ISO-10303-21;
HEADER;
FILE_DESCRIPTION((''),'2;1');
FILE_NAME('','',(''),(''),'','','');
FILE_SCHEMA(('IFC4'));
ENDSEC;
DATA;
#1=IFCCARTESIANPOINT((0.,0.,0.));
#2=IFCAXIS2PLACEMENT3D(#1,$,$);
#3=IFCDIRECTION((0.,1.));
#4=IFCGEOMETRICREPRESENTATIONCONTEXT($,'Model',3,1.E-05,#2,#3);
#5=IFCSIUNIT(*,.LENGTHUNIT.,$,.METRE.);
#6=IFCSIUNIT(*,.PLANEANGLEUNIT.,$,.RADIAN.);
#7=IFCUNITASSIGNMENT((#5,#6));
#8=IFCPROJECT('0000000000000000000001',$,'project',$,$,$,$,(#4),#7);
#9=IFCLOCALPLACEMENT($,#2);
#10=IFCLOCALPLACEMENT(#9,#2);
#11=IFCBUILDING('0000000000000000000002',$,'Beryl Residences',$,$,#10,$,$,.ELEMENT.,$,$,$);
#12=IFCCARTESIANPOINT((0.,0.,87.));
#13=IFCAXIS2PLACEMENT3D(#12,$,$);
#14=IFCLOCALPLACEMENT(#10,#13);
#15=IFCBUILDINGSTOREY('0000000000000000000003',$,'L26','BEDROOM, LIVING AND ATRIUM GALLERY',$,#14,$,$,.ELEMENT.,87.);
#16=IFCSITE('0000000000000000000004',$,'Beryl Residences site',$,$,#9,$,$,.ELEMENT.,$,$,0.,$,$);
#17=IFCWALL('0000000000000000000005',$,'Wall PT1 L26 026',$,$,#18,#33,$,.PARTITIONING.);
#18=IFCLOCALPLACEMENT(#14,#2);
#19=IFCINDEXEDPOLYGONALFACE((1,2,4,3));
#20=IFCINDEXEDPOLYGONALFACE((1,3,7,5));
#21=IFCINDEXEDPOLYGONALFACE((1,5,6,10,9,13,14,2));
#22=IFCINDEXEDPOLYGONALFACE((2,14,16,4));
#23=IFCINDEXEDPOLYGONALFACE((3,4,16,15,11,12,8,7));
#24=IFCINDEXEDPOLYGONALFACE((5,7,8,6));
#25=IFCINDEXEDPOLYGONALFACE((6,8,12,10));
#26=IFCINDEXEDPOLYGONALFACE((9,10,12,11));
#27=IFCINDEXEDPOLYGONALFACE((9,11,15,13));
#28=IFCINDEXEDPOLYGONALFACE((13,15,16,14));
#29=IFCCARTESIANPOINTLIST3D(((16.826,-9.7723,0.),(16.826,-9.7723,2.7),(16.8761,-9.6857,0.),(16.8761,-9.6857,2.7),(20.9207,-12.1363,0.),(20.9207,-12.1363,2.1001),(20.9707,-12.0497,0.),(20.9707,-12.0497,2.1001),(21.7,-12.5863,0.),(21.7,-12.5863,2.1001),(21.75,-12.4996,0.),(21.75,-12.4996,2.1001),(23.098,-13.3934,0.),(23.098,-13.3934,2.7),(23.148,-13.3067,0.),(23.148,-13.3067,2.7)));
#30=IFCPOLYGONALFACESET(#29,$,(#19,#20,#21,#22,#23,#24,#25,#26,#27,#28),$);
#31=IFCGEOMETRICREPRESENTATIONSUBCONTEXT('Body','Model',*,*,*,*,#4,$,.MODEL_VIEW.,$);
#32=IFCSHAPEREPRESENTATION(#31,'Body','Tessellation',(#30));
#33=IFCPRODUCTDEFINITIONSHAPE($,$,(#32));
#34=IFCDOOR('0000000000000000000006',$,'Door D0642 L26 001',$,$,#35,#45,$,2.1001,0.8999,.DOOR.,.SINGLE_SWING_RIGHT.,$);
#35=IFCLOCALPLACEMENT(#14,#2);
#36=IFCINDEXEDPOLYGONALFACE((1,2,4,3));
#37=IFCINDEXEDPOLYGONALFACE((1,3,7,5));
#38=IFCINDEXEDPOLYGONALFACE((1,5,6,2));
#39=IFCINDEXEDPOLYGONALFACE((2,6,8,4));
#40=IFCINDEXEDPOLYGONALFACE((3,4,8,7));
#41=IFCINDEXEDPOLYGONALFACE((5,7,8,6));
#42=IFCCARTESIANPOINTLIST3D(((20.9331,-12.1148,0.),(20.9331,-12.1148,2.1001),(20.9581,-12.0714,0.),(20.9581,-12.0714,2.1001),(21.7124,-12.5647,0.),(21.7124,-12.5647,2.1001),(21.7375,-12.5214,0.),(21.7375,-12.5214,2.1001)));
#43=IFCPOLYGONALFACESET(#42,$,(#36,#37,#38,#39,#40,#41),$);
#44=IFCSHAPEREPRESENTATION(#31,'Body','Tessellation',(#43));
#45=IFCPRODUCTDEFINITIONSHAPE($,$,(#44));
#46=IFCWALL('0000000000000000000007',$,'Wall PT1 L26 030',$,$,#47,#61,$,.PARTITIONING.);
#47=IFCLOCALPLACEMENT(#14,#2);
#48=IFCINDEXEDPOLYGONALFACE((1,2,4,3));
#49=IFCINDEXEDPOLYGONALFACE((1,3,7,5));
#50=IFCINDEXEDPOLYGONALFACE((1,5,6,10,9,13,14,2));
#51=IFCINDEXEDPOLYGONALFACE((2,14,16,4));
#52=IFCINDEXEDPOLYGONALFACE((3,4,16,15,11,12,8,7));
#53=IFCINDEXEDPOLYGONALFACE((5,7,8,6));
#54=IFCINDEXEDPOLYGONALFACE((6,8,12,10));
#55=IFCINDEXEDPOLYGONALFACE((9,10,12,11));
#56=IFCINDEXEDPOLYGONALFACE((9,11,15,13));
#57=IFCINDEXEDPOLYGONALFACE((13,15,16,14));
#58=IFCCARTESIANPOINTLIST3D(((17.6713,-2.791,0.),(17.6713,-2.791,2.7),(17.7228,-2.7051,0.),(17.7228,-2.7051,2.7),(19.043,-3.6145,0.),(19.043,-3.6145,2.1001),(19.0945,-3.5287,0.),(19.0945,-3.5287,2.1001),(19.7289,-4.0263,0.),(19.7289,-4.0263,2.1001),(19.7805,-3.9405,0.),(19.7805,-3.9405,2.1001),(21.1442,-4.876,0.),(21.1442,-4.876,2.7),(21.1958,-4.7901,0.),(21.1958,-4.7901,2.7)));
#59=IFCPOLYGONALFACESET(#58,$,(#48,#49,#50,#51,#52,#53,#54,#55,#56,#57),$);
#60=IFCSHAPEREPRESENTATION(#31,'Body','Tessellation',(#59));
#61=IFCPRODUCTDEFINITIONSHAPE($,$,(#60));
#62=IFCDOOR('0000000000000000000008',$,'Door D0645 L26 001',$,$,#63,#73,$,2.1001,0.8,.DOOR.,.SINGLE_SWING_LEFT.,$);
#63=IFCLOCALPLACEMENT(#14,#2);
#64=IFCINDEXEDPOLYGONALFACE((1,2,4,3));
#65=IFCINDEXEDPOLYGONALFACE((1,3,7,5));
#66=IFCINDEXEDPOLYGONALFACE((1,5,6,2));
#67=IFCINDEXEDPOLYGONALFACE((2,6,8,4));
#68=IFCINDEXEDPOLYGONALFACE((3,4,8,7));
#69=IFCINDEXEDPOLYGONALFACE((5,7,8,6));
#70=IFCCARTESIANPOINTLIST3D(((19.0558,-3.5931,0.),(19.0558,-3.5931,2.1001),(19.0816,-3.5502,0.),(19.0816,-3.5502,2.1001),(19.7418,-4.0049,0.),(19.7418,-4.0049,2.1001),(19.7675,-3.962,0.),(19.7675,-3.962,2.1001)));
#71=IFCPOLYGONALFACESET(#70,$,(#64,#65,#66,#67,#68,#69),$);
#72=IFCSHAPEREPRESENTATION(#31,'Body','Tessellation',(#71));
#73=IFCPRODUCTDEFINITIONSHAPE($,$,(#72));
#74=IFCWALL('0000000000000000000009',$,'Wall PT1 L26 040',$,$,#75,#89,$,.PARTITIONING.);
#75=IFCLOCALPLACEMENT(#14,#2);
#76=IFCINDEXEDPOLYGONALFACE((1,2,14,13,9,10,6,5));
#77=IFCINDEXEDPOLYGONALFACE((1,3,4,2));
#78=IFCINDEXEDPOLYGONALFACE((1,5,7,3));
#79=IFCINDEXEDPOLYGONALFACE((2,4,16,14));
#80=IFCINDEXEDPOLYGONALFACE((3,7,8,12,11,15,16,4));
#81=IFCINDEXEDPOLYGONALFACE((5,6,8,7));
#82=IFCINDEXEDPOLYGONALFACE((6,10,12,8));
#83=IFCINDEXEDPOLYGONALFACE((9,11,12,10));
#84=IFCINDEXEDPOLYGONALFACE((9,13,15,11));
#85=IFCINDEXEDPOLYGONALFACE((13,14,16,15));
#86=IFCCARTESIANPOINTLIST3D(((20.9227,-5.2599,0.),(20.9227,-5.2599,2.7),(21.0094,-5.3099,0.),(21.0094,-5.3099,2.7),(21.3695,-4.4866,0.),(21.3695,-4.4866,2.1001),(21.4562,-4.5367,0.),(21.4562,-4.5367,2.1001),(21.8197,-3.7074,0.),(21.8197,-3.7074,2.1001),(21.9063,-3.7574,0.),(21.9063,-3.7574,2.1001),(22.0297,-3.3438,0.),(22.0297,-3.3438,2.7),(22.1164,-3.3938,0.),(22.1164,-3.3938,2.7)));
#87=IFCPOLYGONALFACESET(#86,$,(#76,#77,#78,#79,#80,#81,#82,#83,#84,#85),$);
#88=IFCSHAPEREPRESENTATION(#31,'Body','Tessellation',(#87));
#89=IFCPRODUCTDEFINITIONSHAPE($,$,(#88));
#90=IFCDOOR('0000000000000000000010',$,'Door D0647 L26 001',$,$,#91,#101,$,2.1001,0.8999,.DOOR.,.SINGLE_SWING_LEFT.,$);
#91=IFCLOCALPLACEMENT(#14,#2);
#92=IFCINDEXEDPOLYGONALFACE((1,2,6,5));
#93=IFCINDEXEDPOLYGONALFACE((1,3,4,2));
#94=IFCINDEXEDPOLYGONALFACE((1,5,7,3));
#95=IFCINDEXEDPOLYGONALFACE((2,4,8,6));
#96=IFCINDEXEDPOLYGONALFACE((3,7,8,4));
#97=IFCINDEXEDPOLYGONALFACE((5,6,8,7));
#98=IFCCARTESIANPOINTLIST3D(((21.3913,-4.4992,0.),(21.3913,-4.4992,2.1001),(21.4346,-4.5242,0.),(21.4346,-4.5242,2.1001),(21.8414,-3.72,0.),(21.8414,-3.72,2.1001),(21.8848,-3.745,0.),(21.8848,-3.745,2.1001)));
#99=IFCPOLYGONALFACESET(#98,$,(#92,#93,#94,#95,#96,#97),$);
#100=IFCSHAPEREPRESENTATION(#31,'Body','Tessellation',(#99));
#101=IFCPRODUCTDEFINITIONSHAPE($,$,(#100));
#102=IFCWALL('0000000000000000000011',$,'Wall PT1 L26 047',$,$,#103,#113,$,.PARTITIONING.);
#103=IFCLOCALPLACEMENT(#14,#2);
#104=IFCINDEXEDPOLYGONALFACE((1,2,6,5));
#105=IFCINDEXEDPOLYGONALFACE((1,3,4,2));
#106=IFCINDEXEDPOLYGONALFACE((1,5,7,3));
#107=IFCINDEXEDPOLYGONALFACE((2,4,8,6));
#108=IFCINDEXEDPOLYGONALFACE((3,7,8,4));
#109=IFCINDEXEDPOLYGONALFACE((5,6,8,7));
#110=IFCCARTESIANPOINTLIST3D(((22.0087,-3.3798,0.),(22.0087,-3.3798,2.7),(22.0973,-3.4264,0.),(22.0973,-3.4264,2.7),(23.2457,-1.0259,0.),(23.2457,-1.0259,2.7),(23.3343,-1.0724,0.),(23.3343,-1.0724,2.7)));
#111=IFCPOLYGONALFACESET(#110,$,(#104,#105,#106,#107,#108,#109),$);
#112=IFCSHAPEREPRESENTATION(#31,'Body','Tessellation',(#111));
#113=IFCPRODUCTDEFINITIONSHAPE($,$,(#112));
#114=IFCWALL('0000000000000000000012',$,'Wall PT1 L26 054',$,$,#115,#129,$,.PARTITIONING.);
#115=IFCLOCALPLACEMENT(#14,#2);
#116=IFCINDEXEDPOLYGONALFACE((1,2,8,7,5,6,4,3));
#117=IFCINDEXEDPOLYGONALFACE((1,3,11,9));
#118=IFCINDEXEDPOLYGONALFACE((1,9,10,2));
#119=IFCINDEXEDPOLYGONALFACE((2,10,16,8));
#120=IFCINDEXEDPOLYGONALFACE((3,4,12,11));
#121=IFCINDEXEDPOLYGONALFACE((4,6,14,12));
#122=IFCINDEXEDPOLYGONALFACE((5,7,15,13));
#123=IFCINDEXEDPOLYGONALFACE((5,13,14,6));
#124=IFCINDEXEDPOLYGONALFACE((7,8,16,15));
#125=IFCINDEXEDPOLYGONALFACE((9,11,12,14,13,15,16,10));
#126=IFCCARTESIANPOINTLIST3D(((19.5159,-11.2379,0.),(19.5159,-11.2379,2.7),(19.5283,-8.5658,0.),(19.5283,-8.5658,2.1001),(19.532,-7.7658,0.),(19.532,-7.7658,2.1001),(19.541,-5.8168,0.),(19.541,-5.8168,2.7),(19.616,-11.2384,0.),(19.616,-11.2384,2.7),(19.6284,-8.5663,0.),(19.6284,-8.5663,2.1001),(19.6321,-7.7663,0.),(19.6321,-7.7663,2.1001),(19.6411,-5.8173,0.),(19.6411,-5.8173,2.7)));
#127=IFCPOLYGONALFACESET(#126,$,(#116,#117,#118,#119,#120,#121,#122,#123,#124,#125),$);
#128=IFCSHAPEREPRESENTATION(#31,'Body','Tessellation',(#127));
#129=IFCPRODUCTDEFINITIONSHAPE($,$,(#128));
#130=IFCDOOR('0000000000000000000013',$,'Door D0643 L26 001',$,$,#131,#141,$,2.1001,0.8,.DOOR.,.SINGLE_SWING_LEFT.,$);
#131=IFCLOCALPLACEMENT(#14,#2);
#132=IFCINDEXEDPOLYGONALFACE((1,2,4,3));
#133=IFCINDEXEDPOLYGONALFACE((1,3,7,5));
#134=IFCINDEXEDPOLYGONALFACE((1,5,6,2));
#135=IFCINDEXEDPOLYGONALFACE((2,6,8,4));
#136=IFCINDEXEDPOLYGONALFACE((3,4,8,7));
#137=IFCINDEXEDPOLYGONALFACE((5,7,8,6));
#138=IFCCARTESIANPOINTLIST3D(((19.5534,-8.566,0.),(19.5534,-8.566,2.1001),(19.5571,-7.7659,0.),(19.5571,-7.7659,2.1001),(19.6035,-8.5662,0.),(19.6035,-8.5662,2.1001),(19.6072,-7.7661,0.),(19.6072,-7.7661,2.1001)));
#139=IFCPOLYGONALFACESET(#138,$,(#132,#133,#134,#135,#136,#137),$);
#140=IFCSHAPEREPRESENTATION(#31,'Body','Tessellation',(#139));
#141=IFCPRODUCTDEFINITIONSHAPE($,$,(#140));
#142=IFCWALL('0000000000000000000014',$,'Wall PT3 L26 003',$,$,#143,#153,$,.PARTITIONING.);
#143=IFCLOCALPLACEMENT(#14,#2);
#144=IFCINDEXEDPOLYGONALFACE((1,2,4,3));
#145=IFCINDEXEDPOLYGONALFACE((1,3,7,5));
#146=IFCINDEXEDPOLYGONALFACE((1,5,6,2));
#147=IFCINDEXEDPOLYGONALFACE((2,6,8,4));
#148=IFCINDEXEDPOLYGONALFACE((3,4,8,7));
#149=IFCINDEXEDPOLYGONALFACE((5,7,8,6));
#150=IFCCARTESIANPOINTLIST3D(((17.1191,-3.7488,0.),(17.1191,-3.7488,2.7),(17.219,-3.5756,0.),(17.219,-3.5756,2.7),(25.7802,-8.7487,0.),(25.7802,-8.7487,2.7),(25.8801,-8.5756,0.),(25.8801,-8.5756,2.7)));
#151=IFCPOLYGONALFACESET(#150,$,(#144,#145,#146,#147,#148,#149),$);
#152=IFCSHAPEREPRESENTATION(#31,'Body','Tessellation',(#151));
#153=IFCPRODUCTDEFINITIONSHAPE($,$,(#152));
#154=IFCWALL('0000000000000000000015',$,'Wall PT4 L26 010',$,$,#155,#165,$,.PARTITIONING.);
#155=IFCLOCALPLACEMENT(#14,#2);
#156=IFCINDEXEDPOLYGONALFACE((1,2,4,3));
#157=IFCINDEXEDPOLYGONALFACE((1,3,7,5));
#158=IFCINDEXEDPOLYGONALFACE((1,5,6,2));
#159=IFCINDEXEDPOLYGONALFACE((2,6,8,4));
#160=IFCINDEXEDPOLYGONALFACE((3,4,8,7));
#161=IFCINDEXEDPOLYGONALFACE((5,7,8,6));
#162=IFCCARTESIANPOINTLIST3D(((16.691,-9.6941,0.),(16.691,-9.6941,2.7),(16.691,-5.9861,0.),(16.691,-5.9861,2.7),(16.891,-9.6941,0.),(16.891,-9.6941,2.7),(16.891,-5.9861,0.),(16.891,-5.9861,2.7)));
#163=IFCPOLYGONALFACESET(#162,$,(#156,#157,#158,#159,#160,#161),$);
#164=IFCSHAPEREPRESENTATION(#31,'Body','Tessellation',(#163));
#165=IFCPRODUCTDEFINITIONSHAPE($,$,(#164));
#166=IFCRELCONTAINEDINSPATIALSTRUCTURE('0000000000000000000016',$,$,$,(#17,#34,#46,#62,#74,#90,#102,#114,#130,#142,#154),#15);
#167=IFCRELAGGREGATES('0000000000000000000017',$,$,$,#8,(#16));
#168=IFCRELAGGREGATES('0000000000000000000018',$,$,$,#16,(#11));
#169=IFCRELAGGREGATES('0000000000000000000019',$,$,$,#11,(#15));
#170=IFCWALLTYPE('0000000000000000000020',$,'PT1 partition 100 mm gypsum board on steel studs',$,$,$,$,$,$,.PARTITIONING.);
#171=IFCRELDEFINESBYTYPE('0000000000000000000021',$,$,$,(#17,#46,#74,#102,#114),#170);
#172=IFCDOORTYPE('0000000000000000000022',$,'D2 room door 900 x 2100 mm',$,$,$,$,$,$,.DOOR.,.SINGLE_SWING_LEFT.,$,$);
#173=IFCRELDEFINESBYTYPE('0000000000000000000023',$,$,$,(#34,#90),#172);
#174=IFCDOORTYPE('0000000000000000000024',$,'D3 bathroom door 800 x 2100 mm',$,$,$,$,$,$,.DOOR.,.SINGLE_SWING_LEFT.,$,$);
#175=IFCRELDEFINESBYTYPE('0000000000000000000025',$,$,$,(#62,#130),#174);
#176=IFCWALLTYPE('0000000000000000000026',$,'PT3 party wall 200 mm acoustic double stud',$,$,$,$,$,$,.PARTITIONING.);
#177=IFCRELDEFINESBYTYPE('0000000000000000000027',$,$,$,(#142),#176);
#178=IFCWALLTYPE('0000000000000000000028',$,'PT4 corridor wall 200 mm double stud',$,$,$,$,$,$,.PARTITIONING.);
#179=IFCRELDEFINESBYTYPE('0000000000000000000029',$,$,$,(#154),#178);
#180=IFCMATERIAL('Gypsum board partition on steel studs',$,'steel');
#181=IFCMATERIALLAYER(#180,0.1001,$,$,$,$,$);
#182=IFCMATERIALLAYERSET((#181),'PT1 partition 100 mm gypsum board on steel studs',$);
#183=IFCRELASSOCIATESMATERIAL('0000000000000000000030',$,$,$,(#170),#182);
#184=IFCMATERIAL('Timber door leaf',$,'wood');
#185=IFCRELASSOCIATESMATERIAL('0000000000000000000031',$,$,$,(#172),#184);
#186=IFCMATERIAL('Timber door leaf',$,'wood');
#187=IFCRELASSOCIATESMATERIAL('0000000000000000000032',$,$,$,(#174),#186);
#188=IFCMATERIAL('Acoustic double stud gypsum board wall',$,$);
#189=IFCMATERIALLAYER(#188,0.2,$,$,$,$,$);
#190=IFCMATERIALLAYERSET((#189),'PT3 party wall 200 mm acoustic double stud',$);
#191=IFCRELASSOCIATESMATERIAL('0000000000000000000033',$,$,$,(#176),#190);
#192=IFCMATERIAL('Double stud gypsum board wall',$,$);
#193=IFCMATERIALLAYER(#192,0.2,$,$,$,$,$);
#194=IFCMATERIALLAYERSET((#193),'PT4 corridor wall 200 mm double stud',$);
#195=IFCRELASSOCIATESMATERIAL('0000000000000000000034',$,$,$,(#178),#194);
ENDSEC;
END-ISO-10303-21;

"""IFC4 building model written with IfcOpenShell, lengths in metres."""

from ifc_helpers import new_model, si_unit, direction, frame, frame_2d, origin, place, context, subcontext, project, spatial, rectangle, extrude, material, layer, layer_set, type_object, element, fill, save


model = new_model("IFC4")

# Units and contexts
model_context = context("Model", 3, precision=1e-05, world=origin(), true_north=direction((0.0, 1.0)))
body_context = subcontext(model_context, "Body", "Model", "MODEL_VIEW")
ifc_project = project(units=[si_unit("LENGTHUNIT", "METRE"), si_unit("PLANEANGLEUNIT", "RADIAN")], contexts=[model_context])

# Site, building, storey
site_placement = place(None, origin())
site = spatial("IfcSite", under=ifc_project, at=site_placement, Name="Beryl Residences site", CompositionType="ELEMENT", RefElevation=0.0)
building_placement = place(site_placement, origin())
building = spatial("IfcBuilding", under=site, at=building_placement, Name="Beryl Residences", CompositionType="ELEMENT")
storey_placement = place(building_placement, frame((0.0, 0.0, 87.0)))
storey = spatial("IfcBuildingStorey", under=building, at=storey_placement, Name="L26", Description="BEDROOM, LIVING AND ATRIUM GALLERY", CompositionType="ELEMENT", Elevation=87.0)

# Shared definitions
ifc_material_1 = material(Name="Gypsum board partition on steel studs", Category="steel")
ifc_layer_1 = layer(ifc_material_1, 0.1001)
ifc_layer_set_1 = layer_set([ifc_layer_1], Name="PT1 partition 100 mm gypsum board on steel studs")
wall_type_1 = type_object("IfcWallType", Name="PT1 partition 100 mm gypsum board on steel studs", PredefinedType="PARTITIONING", material=ifc_layer_set_1)

# Walls, openings, doors
wall_1_placement = place(storey_placement, frame((16.8511, -9.729, 0.0), z_axis=(0.0, 0.0, 1.0), x_axis=(0.866027, -0.499997, 0.0)))
wall_1 = element("IfcWall", 1, at=wall_1_placement, inside=storey, type_object=wall_type_1, Name="Wall PT1 L26 026", PredefinedType="PARTITIONING", context=body_context, shape_type="SweptSolid", body=[
    extrude(rectangle(XDim=7.2422, YDim=0.1001, at=frame_2d((3.6211, 0.0))), origin(), (0.0, 0.0, 1.0), 2.7),
])
opening_1_placement = place(wall_1_placement, frame((4.728, 0.0, 0.0)))
opening_1 = element("IfcOpeningElement", 2, at=opening_1_placement, cuts=wall_1, PredefinedType="OPENING", context=body_context, shape_type="SweptSolid", body=[
    extrude(rectangle(XDim=0.8999, YDim=2.1001, at=frame_2d((0.45, 1.05))), frame((0.0, 0.0601, 0.0), z_axis=(0.0, -1.0, 0.0), x_axis=(1.0, 0.0, 0.0)), (0.0, 0.0, 1.0), 0.1201),
])
ifc_material_2 = material(Name="Timber door leaf", Category="wood")
door_type_1 = type_object("IfcDoorType", Name="D2 room door 900 x 2100 mm", OperationType="SINGLE_SWING_LEFT", PredefinedType="DOOR", material=ifc_material_2)
door_1_placement = place(opening_1_placement, origin())
door_1 = element("IfcDoor", 3, at=door_1_placement, inside=storey, type_object=door_type_1, Name="Door D0642 L26 001", OperationType="SINGLE_SWING_RIGHT", OverallHeight=2.1001, OverallWidth=0.8999, PredefinedType="DOOR", context=body_context, shape_type="SweptSolid", body=[
    extrude(rectangle(XDim=0.8999, YDim=2.1001, at=frame_2d((0.45, 1.05))), frame((0.0, 0.0249, 0.0), z_axis=(0.0, -1.0, 0.0), x_axis=(1.0, 0.0, 0.0)), (0.0, 0.0, 1.0), 0.05),
])
fill(opening_1, door_1)
wall_2_placement = place(storey_placement, frame((17.697, -2.748, 0.0), z_axis=(0.0, 0.0, 1.0), x_axis=(0.85736, -0.514717, 0.0)))
wall_2 = element("IfcWall", 4, at=wall_2_placement, inside=storey, type_object=wall_type_1, Name="Wall PT1 L26 030", PredefinedType="PARTITIONING", context=body_context, shape_type="SweptSolid", body=[
    extrude(rectangle(XDim=4.0508, YDim=0.1001, at=frame_2d((2.0254, 0.0))), origin(), (0.0, 0.0, 1.0), 2.7),
])
opening_2_placement = place(wall_2_placement, frame((1.6001, 0.0, 0.0)))
opening_2 = element("IfcOpeningElement", 5, at=opening_2_placement, cuts=wall_2, PredefinedType="OPENING", context=body_context, shape_type="SweptSolid", body=[
    extrude(rectangle(XDim=0.8, YDim=2.1001, at=frame_2d((0.3999, 1.05))), frame((0.0, 0.0601, 0.0), z_axis=(0.0, -1.0, 0.0), x_axis=(1.0, 0.0, 0.0)), (0.0, 0.0, 1.0), 0.1201),
])
ifc_material_3 = material(Name="Timber door leaf", Category="wood")
door_type_2 = type_object("IfcDoorType", Name="D3 bathroom door 800 x 2100 mm", OperationType="SINGLE_SWING_LEFT", PredefinedType="DOOR", material=ifc_material_3)
door_2_placement = place(opening_2_placement, origin())
door_2 = element("IfcDoor", 6, at=door_2_placement, inside=storey, type_object=door_type_2, Name="Door D0645 L26 001", OperationType="SINGLE_SWING_LEFT", OverallHeight=2.1001, OverallWidth=0.8, PredefinedType="DOOR", context=body_context, shape_type="SweptSolid", body=[
    extrude(rectangle(XDim=0.8, YDim=2.1001, at=frame_2d((0.3999, 1.05))), frame((0.0, 0.0249, 0.0), z_axis=(0.0, -1.0, 0.0), x_axis=(1.0, 0.0, 0.0)), (0.0, 0.0, 1.0), 0.05),
])
fill(opening_2, door_2)
wall_3_placement = place(storey_placement, frame((20.9661, -5.2849, 0.0), z_axis=(0.0, 0.0, 1.0), x_axis=(0.500245, 0.865884, 0.0)))
wall_3 = element("IfcWall", 7, at=wall_3_placement, inside=storey, type_object=wall_type_1, Name="Wall PT1 L26 040", PredefinedType="PARTITIONING", context=body_context, shape_type="SweptSolid", body=[
    extrude(rectangle(XDim=2.2129, YDim=0.1001, at=frame_2d((1.1064, 0.0))), origin(), (0.0, 0.0, 1.0), 2.7),
])
opening_3_placement = place(wall_3_placement, frame((0.8931, 0.0, 0.0)))
opening_3 = element("IfcOpeningElement", 8, at=opening_3_placement, cuts=wall_3, PredefinedType="OPENING", context=body_context, shape_type="SweptSolid", body=[
    extrude(rectangle(XDim=0.8999, YDim=2.1001, at=frame_2d((0.45, 1.05))), frame((0.0, 0.0601, 0.0), z_axis=(0.0, -1.0, 0.0), x_axis=(1.0, 0.0, 0.0)), (0.0, 0.0, 1.0), 0.1201),
])
door_3_placement = place(opening_3_placement, origin())
door_3 = element("IfcDoor", 9, at=door_3_placement, inside=storey, type_object=door_type_1, Name="Door D0647 L26 001", OperationType="SINGLE_SWING_LEFT", OverallHeight=2.1001, OverallWidth=0.8999, PredefinedType="DOOR", context=body_context, shape_type="SweptSolid", body=[
    extrude(rectangle(XDim=0.8999, YDim=2.1001, at=frame_2d((0.45, 1.05))), frame((0.0, 0.0249, 0.0), z_axis=(0.0, -1.0, 0.0), x_axis=(1.0, 0.0, 0.0)), (0.0, 0.0, 1.0), 0.05),
])
fill(opening_3, door_3)

# Wall
wall_4_placement = place(storey_placement, frame((22.053, -3.4031, 0.0), z_axis=(0.0, 0.0, 1.0), x_axis=(0.46519, 0.885211, 0.0)))
element("IfcWall", 10, at=wall_4_placement, inside=storey, type_object=wall_type_1, Name="Wall PT1 L26 047", PredefinedType="PARTITIONING", context=body_context, shape_type="SweptSolid", body=[
    extrude(rectangle(XDim=2.6592, YDim=0.1001, at=frame_2d((1.3296, 0.0))), origin(), (0.0, 0.0, 1.0), 2.7),
])

# Wall, opening, door
wall_5_placement = place(storey_placement, frame((19.5659, -11.238, 0.0), z_axis=(0.0, 0.0, 1.0), x_axis=(0.004639, 0.999989, 0.0)))
wall_5 = element("IfcWall", 11, at=wall_5_placement, inside=storey, type_object=wall_type_1, Name="Wall PT1 L26 054", PredefinedType="PARTITIONING", context=body_context, shape_type="SweptSolid", body=[
    extrude(rectangle(XDim=5.4211, YDim=0.1001, at=frame_2d((2.7104, 0.0))), origin(), (0.0, 0.0, 1.0), 2.7),
])
opening_4_placement = place(wall_5_placement, frame((2.6721, 0.0, 0.0)))
opening_4 = element("IfcOpeningElement", 12, at=opening_4_placement, cuts=wall_5, PredefinedType="OPENING", context=body_context, shape_type="SweptSolid", body=[
    extrude(rectangle(XDim=0.8, YDim=2.1001, at=frame_2d((0.3999, 1.05))), frame((0.0, 0.0601, 0.0), z_axis=(0.0, -1.0, 0.0), x_axis=(1.0, 0.0, 0.0)), (0.0, 0.0, 1.0), 0.1201),
])
door_4_placement = place(opening_4_placement, origin())
door_4 = element("IfcDoor", 13, at=door_4_placement, inside=storey, type_object=door_type_2, Name="Door D0643 L26 001", OperationType="SINGLE_SWING_LEFT", OverallHeight=2.1001, OverallWidth=0.8, PredefinedType="DOOR", context=body_context, shape_type="SweptSolid", body=[
    extrude(rectangle(XDim=0.8, YDim=2.1001, at=frame_2d((0.3999, 1.05))), frame((0.0, 0.0249, 0.0), z_axis=(0.0, -1.0, 0.0), x_axis=(1.0, 0.0, 0.0)), (0.0, 0.0, 1.0), 0.05),
])
fill(opening_4, door_4)

# Walls
ifc_material_4 = material(Name="Acoustic double stud gypsum board wall")
ifc_layer_2 = layer(ifc_material_4, 0.2)
ifc_layer_set_2 = layer_set([ifc_layer_2], Name="PT3 party wall 200 mm acoustic double stud")
wall_type_2 = type_object("IfcWallType", Name="PT3 party wall 200 mm acoustic double stud", PredefinedType="PARTITIONING", material=ifc_layer_set_2)
wall_6_placement = place(storey_placement, frame((17.1689, -3.6621, 0.0), z_axis=(0.0, 0.0, 1.0), x_axis=(0.866047, -0.499962, 0.0)))
element("IfcWall", 14, at=wall_6_placement, inside=storey, type_object=wall_type_2, Name="Wall PT3 L26 003", PredefinedType="PARTITIONING", context=body_context, shape_type="SweptSolid", body=[
    extrude(rectangle(XDim=10.0007, YDim=0.2, at=frame_2d((5.0005, 0.0))), origin(), (0.0, 0.0, 1.0), 2.7),
])
ifc_material_5 = material(Name="Double stud gypsum board wall")
ifc_layer_3 = layer(ifc_material_5, 0.2)
ifc_layer_set_3 = layer_set([ifc_layer_3], Name="PT4 corridor wall 200 mm double stud")
wall_type_3 = type_object("IfcWallType", Name="PT4 corridor wall 200 mm double stud", PredefinedType="PARTITIONING", material=ifc_layer_set_3)
wall_7_placement = place(storey_placement, frame((16.791, -5.9861, 0.0), z_axis=(0.0, 0.0, 1.0), x_axis=(0.0, -1.0, 0.0)))
element("IfcWall", 15, at=wall_7_placement, inside=storey, type_object=wall_type_3, Name="Wall PT4 L26 010", PredefinedType="PARTITIONING", context=body_context, shape_type="SweptSolid", body=[
    extrude(rectangle(XDim=3.708, YDim=0.2, at=frame_2d((1.854, 0.0))), origin(), (0.0, 0.0, 1.0), 2.7),
])

save(model, "model.ifc")
